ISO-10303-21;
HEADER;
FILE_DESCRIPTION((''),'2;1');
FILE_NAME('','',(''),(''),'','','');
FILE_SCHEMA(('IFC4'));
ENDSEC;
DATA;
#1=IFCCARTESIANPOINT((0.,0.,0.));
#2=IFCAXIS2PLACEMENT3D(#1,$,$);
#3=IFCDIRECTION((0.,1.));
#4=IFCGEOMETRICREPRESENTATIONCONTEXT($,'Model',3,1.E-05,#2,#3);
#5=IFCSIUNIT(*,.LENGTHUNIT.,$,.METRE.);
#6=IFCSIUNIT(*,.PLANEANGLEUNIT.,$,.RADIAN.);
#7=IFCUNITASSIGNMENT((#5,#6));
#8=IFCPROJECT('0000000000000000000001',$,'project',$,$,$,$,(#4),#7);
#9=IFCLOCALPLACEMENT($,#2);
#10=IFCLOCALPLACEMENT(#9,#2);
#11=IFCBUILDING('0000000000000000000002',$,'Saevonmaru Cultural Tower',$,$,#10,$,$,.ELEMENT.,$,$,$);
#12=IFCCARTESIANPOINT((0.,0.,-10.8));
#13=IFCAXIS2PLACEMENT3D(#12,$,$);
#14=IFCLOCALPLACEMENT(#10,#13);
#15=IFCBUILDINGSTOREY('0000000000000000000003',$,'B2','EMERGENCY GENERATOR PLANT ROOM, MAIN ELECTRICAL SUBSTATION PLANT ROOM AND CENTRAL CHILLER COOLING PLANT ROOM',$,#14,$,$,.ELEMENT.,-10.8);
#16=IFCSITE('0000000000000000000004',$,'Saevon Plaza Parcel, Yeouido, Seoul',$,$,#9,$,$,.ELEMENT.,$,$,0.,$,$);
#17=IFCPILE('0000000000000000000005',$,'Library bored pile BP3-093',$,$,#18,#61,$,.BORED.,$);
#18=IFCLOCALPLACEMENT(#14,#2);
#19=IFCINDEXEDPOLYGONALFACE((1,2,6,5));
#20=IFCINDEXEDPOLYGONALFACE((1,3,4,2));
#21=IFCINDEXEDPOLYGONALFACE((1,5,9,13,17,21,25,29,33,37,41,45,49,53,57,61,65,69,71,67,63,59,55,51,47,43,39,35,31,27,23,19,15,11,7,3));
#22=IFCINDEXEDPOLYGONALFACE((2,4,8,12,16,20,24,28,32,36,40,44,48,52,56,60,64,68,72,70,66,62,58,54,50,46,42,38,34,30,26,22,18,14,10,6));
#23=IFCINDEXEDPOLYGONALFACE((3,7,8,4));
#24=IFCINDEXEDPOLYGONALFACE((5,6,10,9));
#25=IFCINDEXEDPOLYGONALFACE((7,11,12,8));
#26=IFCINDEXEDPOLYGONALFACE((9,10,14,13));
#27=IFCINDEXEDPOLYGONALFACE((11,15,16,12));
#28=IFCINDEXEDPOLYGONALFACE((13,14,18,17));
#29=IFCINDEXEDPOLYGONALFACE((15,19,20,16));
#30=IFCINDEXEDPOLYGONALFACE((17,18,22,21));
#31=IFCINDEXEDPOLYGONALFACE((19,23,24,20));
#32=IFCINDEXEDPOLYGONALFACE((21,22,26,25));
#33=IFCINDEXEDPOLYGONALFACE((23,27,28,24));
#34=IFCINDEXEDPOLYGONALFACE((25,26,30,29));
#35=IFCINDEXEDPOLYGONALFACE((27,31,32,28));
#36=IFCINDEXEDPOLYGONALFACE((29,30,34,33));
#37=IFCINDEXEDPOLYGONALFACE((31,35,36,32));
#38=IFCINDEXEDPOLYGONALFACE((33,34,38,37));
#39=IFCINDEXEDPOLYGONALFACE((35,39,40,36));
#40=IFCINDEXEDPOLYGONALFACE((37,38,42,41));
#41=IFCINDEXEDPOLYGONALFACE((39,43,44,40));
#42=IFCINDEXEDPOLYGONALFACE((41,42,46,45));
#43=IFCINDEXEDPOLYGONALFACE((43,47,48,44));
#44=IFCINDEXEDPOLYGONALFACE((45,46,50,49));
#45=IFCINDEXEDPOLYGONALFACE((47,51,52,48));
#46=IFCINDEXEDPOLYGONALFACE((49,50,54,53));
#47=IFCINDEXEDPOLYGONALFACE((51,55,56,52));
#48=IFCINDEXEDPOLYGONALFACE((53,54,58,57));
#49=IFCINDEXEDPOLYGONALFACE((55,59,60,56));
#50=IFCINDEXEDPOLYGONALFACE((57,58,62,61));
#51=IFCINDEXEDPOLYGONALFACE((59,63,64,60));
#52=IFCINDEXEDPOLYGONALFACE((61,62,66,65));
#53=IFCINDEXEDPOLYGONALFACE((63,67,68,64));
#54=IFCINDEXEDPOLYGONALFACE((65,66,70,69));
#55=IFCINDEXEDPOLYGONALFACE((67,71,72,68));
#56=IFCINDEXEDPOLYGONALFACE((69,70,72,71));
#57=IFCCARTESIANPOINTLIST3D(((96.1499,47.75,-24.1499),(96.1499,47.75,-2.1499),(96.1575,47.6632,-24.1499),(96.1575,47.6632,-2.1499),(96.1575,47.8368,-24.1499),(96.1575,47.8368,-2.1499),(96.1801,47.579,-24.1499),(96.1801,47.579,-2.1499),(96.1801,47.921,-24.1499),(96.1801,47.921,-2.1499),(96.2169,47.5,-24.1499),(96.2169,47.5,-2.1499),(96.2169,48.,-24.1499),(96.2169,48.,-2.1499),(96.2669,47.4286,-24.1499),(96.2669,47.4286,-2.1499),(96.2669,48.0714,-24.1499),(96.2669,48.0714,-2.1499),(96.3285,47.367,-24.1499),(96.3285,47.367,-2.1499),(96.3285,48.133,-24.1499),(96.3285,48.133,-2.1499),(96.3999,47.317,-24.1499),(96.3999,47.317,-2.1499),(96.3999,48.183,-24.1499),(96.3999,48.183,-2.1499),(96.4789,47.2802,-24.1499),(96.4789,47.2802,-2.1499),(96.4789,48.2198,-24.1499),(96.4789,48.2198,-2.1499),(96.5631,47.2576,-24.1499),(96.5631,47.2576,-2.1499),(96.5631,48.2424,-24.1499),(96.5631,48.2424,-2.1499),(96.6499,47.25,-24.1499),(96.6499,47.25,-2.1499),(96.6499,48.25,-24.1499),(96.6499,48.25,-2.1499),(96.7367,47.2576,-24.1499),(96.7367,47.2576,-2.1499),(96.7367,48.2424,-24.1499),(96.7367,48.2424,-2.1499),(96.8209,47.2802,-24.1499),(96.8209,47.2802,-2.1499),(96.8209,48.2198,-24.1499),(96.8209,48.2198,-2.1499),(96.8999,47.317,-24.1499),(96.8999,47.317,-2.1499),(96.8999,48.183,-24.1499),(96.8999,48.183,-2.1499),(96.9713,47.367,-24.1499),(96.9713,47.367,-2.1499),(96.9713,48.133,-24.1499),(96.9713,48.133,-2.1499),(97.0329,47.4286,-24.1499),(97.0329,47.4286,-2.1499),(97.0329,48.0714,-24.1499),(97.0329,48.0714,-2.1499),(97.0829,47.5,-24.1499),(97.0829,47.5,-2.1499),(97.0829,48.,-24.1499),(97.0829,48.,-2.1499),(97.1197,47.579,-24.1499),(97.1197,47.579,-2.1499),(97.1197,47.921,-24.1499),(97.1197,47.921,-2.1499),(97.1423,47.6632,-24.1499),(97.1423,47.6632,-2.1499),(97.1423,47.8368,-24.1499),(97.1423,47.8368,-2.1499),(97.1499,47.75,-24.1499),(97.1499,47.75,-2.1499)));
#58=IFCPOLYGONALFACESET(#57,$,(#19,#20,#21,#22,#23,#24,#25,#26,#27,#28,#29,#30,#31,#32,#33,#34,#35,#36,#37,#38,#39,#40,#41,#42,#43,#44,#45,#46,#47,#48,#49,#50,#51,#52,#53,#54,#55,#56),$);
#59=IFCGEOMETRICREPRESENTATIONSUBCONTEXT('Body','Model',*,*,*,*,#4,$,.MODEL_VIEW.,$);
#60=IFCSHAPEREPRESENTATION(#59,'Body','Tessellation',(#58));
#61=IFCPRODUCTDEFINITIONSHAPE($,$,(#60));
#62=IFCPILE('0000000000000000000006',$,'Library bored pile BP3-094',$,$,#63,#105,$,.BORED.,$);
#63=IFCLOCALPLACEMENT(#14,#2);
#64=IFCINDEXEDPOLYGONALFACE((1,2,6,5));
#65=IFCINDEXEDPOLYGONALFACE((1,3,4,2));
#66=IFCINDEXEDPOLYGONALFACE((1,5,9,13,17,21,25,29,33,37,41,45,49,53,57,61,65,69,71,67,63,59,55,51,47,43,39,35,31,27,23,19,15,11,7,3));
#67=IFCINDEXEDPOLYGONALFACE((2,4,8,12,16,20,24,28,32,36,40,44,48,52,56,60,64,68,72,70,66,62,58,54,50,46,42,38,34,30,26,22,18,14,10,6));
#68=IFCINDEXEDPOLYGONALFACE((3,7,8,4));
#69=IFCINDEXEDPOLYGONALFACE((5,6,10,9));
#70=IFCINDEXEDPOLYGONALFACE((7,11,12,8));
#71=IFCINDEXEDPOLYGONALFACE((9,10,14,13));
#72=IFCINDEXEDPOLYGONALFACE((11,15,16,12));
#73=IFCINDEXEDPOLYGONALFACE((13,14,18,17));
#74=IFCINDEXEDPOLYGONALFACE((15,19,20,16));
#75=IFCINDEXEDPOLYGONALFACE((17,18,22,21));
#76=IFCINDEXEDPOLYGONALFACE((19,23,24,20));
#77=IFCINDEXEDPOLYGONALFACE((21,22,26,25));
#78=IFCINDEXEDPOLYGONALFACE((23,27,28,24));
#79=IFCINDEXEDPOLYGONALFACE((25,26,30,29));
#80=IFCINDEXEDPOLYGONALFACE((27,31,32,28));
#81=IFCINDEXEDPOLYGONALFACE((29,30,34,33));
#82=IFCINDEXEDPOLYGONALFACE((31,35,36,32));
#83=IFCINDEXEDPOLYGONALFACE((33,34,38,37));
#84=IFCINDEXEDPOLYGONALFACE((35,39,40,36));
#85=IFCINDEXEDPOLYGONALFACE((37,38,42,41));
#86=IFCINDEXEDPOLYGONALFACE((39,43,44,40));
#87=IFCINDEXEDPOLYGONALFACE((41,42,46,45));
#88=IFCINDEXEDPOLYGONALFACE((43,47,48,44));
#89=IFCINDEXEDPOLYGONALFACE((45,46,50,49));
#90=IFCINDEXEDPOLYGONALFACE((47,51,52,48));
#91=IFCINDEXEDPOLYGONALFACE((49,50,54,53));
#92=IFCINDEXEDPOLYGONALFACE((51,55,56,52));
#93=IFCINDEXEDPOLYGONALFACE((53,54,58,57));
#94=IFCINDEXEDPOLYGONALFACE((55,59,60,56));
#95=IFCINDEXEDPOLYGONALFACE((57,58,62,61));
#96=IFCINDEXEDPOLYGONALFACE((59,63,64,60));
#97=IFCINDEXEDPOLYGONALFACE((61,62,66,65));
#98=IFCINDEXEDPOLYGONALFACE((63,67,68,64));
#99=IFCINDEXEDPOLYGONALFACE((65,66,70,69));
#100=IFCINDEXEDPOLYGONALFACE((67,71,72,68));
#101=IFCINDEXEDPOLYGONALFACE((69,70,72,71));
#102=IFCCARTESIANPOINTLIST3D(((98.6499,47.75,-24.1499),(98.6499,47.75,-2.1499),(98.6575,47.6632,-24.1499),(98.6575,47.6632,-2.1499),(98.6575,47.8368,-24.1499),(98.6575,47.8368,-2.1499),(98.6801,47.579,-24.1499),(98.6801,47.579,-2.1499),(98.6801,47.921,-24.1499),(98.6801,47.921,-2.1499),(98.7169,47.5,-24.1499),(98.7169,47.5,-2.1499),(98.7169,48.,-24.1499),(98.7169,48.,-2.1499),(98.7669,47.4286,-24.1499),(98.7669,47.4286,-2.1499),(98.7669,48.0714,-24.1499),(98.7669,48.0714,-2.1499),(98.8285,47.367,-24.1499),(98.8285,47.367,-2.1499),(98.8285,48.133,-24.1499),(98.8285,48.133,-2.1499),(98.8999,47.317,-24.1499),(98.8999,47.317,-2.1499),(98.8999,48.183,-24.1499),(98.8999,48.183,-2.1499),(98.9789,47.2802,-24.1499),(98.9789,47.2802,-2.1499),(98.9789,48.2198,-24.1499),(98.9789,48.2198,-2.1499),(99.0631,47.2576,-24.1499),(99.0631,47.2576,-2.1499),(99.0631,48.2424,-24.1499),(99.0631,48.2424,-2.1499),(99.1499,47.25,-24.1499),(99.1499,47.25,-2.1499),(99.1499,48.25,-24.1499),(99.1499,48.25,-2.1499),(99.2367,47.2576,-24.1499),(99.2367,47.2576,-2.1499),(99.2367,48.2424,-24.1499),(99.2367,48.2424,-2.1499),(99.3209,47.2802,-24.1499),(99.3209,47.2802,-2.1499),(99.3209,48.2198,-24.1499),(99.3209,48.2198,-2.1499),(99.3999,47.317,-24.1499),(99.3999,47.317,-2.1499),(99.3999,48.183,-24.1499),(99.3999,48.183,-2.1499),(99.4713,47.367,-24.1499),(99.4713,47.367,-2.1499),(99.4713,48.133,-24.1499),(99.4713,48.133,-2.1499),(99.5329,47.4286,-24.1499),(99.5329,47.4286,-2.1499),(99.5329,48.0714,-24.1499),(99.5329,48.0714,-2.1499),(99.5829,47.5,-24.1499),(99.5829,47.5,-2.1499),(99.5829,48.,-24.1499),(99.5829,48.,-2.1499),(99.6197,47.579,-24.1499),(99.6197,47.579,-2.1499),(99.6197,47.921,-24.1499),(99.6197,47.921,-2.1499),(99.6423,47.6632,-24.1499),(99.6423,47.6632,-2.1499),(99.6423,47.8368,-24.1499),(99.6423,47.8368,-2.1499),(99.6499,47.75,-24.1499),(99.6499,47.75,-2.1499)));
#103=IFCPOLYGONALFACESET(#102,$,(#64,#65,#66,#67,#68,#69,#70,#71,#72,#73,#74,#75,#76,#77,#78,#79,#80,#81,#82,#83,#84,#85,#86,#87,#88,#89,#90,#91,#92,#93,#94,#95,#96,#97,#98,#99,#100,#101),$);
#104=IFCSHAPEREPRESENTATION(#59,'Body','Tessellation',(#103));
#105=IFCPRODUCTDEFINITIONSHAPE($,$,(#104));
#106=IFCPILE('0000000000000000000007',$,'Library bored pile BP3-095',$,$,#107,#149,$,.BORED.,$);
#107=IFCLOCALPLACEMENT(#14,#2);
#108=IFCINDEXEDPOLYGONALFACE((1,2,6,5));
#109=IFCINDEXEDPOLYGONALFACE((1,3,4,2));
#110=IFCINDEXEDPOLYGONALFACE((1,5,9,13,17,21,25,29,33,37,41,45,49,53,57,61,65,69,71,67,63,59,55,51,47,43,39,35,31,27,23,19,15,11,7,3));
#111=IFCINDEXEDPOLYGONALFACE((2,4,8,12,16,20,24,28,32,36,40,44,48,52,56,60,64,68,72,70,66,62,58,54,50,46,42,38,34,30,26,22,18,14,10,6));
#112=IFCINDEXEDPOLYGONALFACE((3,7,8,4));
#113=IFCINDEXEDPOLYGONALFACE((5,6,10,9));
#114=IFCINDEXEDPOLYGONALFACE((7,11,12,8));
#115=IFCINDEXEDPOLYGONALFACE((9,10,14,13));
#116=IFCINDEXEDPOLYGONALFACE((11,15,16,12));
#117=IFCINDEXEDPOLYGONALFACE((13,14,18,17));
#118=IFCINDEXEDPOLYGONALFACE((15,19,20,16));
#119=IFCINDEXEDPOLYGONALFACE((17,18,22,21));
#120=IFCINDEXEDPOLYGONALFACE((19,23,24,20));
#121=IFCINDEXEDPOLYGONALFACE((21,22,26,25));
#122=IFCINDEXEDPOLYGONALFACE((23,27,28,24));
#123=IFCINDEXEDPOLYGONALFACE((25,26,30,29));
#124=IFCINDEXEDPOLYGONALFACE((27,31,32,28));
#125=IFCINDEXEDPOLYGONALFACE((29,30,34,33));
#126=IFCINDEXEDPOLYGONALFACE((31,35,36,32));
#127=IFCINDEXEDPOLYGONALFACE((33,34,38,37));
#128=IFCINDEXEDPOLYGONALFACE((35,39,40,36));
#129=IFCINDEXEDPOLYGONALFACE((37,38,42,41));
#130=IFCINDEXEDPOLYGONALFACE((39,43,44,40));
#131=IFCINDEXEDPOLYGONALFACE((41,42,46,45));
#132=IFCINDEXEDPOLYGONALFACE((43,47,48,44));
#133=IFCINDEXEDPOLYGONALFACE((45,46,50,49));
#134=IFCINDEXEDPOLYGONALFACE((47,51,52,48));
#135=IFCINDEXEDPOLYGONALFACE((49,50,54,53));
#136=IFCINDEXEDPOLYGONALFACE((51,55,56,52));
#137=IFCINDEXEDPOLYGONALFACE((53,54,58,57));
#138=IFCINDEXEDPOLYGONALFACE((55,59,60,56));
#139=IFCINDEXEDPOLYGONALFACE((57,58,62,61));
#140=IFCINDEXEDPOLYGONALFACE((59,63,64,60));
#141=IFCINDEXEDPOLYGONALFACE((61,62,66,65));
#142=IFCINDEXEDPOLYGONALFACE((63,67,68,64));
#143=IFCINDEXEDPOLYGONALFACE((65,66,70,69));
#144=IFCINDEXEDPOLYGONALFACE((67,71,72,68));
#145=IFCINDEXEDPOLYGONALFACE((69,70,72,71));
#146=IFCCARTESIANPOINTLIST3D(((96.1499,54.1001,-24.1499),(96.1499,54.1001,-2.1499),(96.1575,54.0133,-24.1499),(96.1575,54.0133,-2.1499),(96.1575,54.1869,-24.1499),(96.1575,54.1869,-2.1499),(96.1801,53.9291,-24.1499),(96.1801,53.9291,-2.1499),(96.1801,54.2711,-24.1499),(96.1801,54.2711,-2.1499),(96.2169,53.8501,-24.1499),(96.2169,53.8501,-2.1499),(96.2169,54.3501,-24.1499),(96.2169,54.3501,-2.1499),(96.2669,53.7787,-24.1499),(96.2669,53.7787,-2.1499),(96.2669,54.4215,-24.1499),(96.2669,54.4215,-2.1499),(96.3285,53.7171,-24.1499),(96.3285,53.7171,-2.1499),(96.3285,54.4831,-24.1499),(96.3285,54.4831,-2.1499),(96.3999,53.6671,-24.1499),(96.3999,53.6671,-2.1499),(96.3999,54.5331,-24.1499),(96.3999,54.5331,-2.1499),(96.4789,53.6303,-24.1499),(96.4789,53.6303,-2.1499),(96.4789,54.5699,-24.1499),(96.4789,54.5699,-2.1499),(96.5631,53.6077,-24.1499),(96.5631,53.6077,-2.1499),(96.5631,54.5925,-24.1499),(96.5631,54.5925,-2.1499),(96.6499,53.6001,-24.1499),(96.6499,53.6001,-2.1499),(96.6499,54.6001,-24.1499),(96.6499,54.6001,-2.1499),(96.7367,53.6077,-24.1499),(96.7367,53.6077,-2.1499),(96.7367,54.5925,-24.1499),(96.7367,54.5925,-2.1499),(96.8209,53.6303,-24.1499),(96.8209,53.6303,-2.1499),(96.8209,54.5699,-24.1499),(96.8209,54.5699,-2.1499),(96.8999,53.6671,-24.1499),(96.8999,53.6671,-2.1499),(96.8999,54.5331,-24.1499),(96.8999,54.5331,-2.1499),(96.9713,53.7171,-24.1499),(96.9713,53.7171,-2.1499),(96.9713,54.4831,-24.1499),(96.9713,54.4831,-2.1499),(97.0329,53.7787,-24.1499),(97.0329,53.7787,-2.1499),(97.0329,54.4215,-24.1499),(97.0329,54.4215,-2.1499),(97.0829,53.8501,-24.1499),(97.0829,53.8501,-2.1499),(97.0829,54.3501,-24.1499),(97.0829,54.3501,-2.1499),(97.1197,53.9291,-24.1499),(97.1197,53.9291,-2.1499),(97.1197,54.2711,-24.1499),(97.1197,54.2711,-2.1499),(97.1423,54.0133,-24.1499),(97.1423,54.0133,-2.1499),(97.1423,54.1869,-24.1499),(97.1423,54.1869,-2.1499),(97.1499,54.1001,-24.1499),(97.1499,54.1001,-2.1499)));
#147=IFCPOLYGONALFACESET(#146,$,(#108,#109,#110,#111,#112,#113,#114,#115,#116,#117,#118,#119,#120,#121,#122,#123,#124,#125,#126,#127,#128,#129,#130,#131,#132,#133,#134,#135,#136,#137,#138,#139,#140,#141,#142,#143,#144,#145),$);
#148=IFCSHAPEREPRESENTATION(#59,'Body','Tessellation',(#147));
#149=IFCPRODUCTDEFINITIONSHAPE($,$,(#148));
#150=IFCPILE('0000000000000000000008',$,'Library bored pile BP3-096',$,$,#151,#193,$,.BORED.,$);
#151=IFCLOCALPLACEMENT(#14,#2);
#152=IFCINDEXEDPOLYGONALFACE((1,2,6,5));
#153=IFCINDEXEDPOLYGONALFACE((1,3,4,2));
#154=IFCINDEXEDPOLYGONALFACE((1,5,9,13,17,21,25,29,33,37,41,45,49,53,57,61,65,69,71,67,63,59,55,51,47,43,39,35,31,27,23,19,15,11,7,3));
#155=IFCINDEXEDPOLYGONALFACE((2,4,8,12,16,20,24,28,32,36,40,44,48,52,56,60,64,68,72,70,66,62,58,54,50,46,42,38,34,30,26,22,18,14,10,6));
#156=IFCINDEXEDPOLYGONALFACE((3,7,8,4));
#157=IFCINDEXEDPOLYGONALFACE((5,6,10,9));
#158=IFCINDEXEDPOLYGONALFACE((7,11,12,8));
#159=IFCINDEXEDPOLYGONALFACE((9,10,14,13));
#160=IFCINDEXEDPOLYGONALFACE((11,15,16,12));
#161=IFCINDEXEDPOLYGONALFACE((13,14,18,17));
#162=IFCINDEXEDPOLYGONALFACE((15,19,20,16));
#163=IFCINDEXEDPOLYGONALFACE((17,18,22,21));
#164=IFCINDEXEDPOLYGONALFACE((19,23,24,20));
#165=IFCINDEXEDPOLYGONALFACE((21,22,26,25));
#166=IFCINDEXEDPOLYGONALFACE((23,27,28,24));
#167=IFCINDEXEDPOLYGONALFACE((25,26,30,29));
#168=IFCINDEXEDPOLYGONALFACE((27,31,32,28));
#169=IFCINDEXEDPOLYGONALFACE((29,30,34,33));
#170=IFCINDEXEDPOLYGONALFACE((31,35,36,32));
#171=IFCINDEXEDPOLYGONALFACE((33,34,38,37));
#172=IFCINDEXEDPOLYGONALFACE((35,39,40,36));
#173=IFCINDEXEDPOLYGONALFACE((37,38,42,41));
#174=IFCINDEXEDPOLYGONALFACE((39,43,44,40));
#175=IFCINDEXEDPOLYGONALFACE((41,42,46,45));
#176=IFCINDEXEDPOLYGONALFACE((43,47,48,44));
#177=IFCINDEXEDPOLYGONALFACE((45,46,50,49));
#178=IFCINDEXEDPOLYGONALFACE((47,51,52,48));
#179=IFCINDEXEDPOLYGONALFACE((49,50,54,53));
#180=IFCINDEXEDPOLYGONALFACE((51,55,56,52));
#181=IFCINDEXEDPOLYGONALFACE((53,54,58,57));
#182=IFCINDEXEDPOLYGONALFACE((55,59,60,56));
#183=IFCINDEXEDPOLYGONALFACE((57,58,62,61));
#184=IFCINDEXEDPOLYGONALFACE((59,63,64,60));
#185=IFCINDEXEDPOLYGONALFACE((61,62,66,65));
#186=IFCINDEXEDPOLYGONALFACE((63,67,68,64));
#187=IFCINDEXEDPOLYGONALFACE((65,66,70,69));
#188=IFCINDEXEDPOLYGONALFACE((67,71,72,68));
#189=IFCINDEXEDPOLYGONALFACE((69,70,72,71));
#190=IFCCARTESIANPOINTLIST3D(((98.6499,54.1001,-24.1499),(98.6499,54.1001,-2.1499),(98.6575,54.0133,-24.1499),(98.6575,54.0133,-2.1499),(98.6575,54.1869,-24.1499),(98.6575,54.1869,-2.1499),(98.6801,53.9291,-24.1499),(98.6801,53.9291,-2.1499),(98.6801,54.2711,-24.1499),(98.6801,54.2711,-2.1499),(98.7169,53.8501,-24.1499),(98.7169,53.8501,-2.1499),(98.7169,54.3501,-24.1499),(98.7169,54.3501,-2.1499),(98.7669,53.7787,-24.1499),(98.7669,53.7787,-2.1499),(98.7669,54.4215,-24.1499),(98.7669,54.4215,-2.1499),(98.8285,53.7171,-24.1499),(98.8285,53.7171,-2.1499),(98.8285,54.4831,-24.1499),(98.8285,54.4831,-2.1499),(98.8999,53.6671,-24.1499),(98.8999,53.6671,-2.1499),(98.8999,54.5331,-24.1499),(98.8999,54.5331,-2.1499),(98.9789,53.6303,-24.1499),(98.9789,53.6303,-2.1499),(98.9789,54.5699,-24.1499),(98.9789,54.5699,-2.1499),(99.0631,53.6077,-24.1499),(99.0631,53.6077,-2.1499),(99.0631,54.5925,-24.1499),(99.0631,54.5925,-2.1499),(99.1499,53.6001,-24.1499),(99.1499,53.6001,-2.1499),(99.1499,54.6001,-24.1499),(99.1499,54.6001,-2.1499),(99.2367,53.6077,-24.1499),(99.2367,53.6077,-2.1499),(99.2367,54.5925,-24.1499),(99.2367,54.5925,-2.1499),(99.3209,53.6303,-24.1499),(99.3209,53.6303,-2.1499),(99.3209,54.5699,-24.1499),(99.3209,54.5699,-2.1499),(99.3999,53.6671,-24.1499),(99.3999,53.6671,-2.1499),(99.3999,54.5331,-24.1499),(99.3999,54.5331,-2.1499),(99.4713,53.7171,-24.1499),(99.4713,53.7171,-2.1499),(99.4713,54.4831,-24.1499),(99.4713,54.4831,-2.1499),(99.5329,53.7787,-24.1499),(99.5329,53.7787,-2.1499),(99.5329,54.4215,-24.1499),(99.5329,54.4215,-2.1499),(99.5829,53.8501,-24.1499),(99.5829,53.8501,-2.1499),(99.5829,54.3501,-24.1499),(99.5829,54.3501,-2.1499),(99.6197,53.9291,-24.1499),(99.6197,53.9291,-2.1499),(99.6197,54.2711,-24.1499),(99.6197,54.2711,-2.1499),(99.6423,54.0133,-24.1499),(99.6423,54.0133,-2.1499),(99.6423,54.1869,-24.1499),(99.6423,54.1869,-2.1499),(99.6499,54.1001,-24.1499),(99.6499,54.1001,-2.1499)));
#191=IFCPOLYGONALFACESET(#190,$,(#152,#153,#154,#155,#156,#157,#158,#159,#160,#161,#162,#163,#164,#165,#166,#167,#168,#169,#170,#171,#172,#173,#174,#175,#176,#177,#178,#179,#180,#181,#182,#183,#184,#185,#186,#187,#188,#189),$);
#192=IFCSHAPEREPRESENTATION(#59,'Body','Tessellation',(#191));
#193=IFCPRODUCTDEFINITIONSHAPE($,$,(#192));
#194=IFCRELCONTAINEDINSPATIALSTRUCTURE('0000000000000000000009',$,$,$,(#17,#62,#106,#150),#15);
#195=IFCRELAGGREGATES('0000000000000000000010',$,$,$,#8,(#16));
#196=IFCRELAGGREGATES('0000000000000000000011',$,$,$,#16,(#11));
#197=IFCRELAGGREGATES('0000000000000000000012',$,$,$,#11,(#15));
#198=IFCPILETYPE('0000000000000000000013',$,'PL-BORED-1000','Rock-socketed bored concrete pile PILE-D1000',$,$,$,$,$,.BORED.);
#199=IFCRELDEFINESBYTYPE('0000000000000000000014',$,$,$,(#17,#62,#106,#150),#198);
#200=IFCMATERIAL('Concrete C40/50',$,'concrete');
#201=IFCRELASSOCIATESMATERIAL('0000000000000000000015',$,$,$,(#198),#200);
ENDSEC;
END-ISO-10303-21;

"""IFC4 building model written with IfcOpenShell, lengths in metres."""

from ifc_helpers import new_model, si_unit, direction, frame, origin, origin_2d, place, context, subcontext, project, spatial, circle, extrude, material, material_profile, profile_set, type_object, element, save


model = new_model("IFC4")

# Units and contexts
model_context = context("Model", 3, precision=1e-05, world=origin(), true_north=direction((0.0, 1.0)))
body_context = subcontext(model_context, "Body", "Model", "MODEL_VIEW")
ifc_project = project(units=[si_unit("LENGTHUNIT", "METRE"), si_unit("PLANEANGLEUNIT", "RADIAN")], contexts=[model_context])

# Site, building, storey
site_placement = place(None, origin())
site = spatial("IfcSite", under=ifc_project, at=site_placement, Name="Saevon Plaza Parcel, Yeouido, Seoul", CompositionType="ELEMENT", RefElevation=0.0)
building_placement = place(site_placement, origin())
building = spatial("IfcBuilding", under=site, at=building_placement, Name="Saevonmaru Cultural Tower", CompositionType="ELEMENT")
storey_placement = place(building_placement, frame((0.0, 0.0, -10.8)))
storey = spatial("IfcBuildingStorey", under=building, at=storey_placement, Name="B2", Description="EMERGENCY GENERATOR PLANT ROOM, MAIN ELECTRICAL SUBSTATION PLANT ROOM AND CENTRAL CHILLER COOLING PLANT ROOM", CompositionType="ELEMENT", Elevation=-10.8)

# Piles
ifc_material_1 = material(Name="Concrete C40/50", Category="concrete")
ifc_material_profile_1 = material_profile(ifc_material_1, circle(Radius=0.5, at=origin_2d()), Name="PILE-D1000")
ifc_profile_set_1 = profile_set([ifc_material_profile_1], Name="Concrete C40/50")
pile_type_1 = type_object("IfcPileType", Name="PL-BORED-1000", Description="Rock-socketed bored concrete pile PILE-D1000", PredefinedType="BORED", material=ifc_profile_set_1)
for number, where, z_axis, x_axis, name in (
    (1, (96.6499, 47.75, -2.1499), (0.0, 0.0, -1.0), (1.0, 0.0, 0.0), "Library bored pile BP3-093"),
    (2, (99.1499, 47.75, -2.1499), (0.0, 0.0, -1.0), (1.0, 0.0, 0.0), "Library bored pile BP3-094"),
    (3, (96.6499, 54.1001, -2.1499), (0.0, 0.0, -1.0), (1.0, 0.0, 0.0), "Library bored pile BP3-095"),
    (4, (99.1499, 54.1001, -2.1499), (0.0, 0.0, -1.0), (1.0, 0.0, 0.0), "Library bored pile BP3-096"),
):
    element("IfcPile", number, at=place(storey_placement, frame(where, z_axis=z_axis, x_axis=x_axis)), inside=storey, type_object=pile_type_1, Name=name, PredefinedType="BORED", context=body_context, shape_type="SweptSolid", body=[
        extrude(circle(Radius=0.5, at=origin_2d()), origin(), (0.0, 0.0, 1.0), 22.0),
    ])

save(model, "model.ifc")
